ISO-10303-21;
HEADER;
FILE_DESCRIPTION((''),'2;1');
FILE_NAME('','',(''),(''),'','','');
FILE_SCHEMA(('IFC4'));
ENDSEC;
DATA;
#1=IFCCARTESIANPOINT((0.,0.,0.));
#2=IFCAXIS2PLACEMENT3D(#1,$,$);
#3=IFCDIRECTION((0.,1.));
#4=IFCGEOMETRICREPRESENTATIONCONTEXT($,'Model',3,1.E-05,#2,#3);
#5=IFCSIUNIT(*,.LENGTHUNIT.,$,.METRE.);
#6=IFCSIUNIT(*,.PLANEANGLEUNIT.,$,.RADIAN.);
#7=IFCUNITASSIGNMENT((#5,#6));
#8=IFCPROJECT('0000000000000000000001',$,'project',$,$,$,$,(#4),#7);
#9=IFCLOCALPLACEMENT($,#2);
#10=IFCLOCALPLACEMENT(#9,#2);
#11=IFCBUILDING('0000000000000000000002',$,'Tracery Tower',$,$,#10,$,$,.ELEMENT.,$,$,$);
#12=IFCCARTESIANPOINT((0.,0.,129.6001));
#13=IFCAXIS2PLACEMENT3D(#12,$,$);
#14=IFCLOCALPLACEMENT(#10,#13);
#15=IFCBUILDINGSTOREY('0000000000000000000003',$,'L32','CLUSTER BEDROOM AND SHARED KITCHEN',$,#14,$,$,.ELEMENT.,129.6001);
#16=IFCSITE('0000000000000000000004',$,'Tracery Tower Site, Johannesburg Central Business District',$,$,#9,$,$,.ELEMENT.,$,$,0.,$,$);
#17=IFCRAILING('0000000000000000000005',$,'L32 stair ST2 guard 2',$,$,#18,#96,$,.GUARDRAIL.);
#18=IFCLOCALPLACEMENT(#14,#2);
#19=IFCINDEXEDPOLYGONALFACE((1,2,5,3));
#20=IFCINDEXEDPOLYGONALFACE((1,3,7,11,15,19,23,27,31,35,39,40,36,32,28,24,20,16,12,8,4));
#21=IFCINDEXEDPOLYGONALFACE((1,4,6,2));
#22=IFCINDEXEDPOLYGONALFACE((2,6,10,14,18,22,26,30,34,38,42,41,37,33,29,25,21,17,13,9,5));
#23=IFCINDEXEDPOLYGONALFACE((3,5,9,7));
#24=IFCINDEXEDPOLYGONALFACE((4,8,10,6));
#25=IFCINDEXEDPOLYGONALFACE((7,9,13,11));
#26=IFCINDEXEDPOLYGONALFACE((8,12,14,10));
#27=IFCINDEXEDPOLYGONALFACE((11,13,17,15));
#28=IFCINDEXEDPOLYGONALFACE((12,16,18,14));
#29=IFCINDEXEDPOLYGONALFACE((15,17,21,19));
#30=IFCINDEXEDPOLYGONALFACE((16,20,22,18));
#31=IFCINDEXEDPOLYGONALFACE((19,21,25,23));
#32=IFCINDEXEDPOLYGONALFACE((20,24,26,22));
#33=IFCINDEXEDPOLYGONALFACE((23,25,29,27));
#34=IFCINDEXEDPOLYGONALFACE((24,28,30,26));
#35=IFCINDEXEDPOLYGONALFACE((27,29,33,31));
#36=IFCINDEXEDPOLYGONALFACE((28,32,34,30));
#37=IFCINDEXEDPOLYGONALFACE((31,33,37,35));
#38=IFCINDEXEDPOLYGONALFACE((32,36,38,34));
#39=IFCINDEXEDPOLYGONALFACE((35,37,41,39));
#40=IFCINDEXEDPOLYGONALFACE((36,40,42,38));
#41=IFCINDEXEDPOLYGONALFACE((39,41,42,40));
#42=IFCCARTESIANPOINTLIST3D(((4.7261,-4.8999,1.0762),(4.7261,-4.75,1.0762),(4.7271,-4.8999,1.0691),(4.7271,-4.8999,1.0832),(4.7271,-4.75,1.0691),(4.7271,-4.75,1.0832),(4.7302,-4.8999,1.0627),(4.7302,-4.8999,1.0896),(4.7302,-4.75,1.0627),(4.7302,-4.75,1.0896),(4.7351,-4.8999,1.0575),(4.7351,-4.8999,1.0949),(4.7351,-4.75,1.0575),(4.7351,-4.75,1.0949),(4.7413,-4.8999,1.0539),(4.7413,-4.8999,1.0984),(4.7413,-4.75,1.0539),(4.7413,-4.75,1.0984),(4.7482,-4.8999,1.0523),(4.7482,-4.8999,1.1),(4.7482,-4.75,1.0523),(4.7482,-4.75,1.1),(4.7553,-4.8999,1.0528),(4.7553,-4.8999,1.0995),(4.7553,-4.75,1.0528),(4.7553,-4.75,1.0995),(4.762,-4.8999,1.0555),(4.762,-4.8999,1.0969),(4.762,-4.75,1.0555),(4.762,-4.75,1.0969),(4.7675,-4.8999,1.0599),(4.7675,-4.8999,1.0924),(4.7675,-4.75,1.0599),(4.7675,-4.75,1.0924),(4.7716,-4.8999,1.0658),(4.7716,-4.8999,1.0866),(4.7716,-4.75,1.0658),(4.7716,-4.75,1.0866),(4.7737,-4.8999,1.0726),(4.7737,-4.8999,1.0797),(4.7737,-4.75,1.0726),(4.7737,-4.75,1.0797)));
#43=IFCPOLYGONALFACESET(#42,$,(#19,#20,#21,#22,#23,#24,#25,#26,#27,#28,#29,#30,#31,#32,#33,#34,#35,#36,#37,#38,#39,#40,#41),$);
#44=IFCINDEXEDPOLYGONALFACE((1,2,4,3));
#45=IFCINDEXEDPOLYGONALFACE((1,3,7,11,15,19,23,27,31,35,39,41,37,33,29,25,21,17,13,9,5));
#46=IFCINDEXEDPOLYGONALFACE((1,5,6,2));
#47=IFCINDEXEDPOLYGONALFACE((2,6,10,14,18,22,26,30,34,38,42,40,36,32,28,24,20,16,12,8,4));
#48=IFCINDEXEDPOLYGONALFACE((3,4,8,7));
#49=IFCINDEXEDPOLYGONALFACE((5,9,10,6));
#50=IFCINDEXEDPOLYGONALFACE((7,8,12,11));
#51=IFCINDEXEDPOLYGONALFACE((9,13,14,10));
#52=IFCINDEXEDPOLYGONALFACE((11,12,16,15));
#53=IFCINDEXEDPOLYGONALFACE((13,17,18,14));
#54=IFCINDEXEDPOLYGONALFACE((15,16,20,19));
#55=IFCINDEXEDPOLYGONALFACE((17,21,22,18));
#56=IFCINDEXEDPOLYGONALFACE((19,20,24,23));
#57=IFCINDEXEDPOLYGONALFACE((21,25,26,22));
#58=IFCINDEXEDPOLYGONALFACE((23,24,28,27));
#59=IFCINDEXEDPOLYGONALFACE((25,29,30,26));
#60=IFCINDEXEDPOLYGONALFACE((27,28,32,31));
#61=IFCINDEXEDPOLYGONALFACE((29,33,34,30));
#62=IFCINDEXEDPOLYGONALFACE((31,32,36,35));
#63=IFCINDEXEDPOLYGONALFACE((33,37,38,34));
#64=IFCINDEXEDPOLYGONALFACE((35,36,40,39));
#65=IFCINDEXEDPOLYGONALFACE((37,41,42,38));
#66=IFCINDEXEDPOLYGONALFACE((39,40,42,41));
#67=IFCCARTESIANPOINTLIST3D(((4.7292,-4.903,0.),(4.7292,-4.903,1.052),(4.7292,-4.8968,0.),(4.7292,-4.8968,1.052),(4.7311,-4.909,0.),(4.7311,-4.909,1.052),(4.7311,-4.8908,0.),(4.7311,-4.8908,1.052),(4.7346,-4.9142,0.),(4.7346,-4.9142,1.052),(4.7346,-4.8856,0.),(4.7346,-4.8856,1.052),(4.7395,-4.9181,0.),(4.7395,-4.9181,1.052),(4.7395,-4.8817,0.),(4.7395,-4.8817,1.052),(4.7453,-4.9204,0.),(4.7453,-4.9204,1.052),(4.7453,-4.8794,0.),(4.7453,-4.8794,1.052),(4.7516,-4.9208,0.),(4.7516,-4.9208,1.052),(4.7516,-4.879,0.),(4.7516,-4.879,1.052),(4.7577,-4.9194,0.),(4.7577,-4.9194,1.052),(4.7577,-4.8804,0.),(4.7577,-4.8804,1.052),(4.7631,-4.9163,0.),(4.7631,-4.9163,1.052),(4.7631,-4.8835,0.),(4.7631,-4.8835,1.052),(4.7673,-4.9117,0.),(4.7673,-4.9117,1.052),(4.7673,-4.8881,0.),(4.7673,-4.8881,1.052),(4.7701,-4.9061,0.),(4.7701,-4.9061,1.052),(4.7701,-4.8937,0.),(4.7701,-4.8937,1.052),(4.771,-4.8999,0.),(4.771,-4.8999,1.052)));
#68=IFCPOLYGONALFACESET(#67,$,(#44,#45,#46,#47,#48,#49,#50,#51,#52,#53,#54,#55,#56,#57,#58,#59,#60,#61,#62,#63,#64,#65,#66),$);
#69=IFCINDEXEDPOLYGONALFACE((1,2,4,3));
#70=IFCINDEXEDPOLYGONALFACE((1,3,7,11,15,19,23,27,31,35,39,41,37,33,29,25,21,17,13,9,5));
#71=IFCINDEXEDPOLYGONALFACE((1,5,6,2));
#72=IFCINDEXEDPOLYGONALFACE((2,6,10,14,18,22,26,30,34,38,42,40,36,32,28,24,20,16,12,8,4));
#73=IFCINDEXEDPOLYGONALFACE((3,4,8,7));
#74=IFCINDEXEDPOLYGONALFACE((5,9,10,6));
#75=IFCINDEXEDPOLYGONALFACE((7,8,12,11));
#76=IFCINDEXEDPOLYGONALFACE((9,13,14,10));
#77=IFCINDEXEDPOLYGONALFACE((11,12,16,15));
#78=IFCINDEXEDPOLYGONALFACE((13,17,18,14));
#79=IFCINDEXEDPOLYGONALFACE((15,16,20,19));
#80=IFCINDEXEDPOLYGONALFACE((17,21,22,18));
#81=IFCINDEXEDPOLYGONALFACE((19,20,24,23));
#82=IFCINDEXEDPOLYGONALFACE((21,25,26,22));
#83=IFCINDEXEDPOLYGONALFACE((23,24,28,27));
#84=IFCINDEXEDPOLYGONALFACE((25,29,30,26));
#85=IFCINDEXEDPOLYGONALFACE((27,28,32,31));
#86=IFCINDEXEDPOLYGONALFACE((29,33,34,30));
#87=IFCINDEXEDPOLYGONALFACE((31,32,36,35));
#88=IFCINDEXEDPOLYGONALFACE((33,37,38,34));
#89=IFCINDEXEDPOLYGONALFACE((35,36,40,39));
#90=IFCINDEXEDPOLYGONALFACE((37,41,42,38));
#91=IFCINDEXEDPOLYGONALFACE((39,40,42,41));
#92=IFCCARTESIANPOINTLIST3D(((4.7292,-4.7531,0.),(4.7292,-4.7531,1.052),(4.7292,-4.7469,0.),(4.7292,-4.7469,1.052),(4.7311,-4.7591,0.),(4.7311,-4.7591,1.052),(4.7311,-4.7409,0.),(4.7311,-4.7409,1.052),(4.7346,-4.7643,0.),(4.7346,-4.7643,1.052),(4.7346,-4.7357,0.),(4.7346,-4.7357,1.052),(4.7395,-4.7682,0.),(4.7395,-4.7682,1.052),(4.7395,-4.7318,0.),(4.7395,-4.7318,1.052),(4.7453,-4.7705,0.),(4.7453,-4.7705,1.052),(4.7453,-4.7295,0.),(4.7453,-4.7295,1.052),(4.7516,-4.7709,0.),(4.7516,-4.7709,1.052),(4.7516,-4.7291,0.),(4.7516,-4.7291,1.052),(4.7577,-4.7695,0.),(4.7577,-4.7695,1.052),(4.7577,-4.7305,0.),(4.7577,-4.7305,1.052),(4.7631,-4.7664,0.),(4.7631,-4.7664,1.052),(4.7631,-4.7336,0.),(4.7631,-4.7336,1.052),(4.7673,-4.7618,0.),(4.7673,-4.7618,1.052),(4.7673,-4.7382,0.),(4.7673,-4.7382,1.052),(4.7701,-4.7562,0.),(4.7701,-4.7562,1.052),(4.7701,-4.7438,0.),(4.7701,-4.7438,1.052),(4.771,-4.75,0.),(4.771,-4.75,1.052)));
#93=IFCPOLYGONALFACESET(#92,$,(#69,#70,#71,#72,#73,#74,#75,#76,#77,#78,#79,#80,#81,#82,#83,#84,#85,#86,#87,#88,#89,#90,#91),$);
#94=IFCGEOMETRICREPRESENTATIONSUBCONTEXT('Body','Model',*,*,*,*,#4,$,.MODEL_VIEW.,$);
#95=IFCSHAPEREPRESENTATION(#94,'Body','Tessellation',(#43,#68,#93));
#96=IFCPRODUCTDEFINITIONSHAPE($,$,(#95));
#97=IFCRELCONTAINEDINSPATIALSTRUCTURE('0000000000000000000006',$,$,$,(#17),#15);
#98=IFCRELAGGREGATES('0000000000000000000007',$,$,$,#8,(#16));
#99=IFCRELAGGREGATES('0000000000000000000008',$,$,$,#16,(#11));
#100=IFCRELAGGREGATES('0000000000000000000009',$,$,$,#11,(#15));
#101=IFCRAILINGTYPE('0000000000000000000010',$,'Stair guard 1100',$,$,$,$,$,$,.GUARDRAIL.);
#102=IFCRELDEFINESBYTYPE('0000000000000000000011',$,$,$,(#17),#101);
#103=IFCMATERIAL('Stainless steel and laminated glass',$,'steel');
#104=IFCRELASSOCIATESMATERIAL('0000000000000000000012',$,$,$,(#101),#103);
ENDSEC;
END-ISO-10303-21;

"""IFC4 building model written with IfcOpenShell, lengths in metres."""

from ifc_helpers import new_model, si_unit, direction, frame, origin, origin_2d, place, context, subcontext, project, spatial, circle, extrude, material, type_object, element, save


model = new_model("IFC4")

# Units and contexts
model_context = context("Model", 3, precision=1e-05, world=origin(), true_north=direction((0.0, 1.0)))
body_context = subcontext(model_context, "Body", "Model", "MODEL_VIEW")
ifc_project = project(units=[si_unit("LENGTHUNIT", "METRE"), si_unit("PLANEANGLEUNIT", "RADIAN")], contexts=[model_context])

# Site, building, storey
site_placement = place(None, origin())
site = spatial("IfcSite", under=ifc_project, at=site_placement, Name="Tracery Tower Site, Johannesburg Central Business District", CompositionType="ELEMENT", RefElevation=0.0)
building_placement = place(site_placement, origin())
building = spatial("IfcBuilding", under=site, at=building_placement, Name="Tracery Tower", CompositionType="ELEMENT")
storey_placement = place(building_placement, frame((0.0, 0.0, 129.6001)))
storey = spatial("IfcBuildingStorey", under=building, at=storey_placement, Name="L32", Description="CLUSTER BEDROOM AND SHARED KITCHEN", CompositionType="ELEMENT", Elevation=129.6001)

# Railing
ifc_material_1 = material(Name="Stainless steel and laminated glass", Category="steel")
railing_type_1 = type_object("IfcRailingType", Name="Stair guard 1100", PredefinedType="GUARDRAIL", material=ifc_material_1)
railing_1_placement = place(storey_placement, frame((4.75, -4.8999, 0.0)))
element("IfcRailing", 1, at=railing_1_placement, inside=storey, type_object=railing_type_1, Name="L32 stair ST2 guard 2", PredefinedType="GUARDRAIL", context=body_context, shape_type="SweptSolid", body=[
    extrude(circle(Radius=0.0239, at=origin_2d()), frame((0.0, 0.0, 1.0762), z_axis=(0.0, 1.0, 0.0), x_axis=(-1.0, 0.0, 0.0)), (0.0, 0.0, 1.0), 0.1499),
    extrude(circle(Radius=0.021, at=origin_2d()), origin(), (0.0, 0.0, 1.0), 1.052),
    extrude(circle(Radius=0.021, at=origin_2d()), frame((0.0, 0.1499, 0.0)), (0.0, 0.0, 1.0), 1.052),
])

save(model, "model.ifc")
